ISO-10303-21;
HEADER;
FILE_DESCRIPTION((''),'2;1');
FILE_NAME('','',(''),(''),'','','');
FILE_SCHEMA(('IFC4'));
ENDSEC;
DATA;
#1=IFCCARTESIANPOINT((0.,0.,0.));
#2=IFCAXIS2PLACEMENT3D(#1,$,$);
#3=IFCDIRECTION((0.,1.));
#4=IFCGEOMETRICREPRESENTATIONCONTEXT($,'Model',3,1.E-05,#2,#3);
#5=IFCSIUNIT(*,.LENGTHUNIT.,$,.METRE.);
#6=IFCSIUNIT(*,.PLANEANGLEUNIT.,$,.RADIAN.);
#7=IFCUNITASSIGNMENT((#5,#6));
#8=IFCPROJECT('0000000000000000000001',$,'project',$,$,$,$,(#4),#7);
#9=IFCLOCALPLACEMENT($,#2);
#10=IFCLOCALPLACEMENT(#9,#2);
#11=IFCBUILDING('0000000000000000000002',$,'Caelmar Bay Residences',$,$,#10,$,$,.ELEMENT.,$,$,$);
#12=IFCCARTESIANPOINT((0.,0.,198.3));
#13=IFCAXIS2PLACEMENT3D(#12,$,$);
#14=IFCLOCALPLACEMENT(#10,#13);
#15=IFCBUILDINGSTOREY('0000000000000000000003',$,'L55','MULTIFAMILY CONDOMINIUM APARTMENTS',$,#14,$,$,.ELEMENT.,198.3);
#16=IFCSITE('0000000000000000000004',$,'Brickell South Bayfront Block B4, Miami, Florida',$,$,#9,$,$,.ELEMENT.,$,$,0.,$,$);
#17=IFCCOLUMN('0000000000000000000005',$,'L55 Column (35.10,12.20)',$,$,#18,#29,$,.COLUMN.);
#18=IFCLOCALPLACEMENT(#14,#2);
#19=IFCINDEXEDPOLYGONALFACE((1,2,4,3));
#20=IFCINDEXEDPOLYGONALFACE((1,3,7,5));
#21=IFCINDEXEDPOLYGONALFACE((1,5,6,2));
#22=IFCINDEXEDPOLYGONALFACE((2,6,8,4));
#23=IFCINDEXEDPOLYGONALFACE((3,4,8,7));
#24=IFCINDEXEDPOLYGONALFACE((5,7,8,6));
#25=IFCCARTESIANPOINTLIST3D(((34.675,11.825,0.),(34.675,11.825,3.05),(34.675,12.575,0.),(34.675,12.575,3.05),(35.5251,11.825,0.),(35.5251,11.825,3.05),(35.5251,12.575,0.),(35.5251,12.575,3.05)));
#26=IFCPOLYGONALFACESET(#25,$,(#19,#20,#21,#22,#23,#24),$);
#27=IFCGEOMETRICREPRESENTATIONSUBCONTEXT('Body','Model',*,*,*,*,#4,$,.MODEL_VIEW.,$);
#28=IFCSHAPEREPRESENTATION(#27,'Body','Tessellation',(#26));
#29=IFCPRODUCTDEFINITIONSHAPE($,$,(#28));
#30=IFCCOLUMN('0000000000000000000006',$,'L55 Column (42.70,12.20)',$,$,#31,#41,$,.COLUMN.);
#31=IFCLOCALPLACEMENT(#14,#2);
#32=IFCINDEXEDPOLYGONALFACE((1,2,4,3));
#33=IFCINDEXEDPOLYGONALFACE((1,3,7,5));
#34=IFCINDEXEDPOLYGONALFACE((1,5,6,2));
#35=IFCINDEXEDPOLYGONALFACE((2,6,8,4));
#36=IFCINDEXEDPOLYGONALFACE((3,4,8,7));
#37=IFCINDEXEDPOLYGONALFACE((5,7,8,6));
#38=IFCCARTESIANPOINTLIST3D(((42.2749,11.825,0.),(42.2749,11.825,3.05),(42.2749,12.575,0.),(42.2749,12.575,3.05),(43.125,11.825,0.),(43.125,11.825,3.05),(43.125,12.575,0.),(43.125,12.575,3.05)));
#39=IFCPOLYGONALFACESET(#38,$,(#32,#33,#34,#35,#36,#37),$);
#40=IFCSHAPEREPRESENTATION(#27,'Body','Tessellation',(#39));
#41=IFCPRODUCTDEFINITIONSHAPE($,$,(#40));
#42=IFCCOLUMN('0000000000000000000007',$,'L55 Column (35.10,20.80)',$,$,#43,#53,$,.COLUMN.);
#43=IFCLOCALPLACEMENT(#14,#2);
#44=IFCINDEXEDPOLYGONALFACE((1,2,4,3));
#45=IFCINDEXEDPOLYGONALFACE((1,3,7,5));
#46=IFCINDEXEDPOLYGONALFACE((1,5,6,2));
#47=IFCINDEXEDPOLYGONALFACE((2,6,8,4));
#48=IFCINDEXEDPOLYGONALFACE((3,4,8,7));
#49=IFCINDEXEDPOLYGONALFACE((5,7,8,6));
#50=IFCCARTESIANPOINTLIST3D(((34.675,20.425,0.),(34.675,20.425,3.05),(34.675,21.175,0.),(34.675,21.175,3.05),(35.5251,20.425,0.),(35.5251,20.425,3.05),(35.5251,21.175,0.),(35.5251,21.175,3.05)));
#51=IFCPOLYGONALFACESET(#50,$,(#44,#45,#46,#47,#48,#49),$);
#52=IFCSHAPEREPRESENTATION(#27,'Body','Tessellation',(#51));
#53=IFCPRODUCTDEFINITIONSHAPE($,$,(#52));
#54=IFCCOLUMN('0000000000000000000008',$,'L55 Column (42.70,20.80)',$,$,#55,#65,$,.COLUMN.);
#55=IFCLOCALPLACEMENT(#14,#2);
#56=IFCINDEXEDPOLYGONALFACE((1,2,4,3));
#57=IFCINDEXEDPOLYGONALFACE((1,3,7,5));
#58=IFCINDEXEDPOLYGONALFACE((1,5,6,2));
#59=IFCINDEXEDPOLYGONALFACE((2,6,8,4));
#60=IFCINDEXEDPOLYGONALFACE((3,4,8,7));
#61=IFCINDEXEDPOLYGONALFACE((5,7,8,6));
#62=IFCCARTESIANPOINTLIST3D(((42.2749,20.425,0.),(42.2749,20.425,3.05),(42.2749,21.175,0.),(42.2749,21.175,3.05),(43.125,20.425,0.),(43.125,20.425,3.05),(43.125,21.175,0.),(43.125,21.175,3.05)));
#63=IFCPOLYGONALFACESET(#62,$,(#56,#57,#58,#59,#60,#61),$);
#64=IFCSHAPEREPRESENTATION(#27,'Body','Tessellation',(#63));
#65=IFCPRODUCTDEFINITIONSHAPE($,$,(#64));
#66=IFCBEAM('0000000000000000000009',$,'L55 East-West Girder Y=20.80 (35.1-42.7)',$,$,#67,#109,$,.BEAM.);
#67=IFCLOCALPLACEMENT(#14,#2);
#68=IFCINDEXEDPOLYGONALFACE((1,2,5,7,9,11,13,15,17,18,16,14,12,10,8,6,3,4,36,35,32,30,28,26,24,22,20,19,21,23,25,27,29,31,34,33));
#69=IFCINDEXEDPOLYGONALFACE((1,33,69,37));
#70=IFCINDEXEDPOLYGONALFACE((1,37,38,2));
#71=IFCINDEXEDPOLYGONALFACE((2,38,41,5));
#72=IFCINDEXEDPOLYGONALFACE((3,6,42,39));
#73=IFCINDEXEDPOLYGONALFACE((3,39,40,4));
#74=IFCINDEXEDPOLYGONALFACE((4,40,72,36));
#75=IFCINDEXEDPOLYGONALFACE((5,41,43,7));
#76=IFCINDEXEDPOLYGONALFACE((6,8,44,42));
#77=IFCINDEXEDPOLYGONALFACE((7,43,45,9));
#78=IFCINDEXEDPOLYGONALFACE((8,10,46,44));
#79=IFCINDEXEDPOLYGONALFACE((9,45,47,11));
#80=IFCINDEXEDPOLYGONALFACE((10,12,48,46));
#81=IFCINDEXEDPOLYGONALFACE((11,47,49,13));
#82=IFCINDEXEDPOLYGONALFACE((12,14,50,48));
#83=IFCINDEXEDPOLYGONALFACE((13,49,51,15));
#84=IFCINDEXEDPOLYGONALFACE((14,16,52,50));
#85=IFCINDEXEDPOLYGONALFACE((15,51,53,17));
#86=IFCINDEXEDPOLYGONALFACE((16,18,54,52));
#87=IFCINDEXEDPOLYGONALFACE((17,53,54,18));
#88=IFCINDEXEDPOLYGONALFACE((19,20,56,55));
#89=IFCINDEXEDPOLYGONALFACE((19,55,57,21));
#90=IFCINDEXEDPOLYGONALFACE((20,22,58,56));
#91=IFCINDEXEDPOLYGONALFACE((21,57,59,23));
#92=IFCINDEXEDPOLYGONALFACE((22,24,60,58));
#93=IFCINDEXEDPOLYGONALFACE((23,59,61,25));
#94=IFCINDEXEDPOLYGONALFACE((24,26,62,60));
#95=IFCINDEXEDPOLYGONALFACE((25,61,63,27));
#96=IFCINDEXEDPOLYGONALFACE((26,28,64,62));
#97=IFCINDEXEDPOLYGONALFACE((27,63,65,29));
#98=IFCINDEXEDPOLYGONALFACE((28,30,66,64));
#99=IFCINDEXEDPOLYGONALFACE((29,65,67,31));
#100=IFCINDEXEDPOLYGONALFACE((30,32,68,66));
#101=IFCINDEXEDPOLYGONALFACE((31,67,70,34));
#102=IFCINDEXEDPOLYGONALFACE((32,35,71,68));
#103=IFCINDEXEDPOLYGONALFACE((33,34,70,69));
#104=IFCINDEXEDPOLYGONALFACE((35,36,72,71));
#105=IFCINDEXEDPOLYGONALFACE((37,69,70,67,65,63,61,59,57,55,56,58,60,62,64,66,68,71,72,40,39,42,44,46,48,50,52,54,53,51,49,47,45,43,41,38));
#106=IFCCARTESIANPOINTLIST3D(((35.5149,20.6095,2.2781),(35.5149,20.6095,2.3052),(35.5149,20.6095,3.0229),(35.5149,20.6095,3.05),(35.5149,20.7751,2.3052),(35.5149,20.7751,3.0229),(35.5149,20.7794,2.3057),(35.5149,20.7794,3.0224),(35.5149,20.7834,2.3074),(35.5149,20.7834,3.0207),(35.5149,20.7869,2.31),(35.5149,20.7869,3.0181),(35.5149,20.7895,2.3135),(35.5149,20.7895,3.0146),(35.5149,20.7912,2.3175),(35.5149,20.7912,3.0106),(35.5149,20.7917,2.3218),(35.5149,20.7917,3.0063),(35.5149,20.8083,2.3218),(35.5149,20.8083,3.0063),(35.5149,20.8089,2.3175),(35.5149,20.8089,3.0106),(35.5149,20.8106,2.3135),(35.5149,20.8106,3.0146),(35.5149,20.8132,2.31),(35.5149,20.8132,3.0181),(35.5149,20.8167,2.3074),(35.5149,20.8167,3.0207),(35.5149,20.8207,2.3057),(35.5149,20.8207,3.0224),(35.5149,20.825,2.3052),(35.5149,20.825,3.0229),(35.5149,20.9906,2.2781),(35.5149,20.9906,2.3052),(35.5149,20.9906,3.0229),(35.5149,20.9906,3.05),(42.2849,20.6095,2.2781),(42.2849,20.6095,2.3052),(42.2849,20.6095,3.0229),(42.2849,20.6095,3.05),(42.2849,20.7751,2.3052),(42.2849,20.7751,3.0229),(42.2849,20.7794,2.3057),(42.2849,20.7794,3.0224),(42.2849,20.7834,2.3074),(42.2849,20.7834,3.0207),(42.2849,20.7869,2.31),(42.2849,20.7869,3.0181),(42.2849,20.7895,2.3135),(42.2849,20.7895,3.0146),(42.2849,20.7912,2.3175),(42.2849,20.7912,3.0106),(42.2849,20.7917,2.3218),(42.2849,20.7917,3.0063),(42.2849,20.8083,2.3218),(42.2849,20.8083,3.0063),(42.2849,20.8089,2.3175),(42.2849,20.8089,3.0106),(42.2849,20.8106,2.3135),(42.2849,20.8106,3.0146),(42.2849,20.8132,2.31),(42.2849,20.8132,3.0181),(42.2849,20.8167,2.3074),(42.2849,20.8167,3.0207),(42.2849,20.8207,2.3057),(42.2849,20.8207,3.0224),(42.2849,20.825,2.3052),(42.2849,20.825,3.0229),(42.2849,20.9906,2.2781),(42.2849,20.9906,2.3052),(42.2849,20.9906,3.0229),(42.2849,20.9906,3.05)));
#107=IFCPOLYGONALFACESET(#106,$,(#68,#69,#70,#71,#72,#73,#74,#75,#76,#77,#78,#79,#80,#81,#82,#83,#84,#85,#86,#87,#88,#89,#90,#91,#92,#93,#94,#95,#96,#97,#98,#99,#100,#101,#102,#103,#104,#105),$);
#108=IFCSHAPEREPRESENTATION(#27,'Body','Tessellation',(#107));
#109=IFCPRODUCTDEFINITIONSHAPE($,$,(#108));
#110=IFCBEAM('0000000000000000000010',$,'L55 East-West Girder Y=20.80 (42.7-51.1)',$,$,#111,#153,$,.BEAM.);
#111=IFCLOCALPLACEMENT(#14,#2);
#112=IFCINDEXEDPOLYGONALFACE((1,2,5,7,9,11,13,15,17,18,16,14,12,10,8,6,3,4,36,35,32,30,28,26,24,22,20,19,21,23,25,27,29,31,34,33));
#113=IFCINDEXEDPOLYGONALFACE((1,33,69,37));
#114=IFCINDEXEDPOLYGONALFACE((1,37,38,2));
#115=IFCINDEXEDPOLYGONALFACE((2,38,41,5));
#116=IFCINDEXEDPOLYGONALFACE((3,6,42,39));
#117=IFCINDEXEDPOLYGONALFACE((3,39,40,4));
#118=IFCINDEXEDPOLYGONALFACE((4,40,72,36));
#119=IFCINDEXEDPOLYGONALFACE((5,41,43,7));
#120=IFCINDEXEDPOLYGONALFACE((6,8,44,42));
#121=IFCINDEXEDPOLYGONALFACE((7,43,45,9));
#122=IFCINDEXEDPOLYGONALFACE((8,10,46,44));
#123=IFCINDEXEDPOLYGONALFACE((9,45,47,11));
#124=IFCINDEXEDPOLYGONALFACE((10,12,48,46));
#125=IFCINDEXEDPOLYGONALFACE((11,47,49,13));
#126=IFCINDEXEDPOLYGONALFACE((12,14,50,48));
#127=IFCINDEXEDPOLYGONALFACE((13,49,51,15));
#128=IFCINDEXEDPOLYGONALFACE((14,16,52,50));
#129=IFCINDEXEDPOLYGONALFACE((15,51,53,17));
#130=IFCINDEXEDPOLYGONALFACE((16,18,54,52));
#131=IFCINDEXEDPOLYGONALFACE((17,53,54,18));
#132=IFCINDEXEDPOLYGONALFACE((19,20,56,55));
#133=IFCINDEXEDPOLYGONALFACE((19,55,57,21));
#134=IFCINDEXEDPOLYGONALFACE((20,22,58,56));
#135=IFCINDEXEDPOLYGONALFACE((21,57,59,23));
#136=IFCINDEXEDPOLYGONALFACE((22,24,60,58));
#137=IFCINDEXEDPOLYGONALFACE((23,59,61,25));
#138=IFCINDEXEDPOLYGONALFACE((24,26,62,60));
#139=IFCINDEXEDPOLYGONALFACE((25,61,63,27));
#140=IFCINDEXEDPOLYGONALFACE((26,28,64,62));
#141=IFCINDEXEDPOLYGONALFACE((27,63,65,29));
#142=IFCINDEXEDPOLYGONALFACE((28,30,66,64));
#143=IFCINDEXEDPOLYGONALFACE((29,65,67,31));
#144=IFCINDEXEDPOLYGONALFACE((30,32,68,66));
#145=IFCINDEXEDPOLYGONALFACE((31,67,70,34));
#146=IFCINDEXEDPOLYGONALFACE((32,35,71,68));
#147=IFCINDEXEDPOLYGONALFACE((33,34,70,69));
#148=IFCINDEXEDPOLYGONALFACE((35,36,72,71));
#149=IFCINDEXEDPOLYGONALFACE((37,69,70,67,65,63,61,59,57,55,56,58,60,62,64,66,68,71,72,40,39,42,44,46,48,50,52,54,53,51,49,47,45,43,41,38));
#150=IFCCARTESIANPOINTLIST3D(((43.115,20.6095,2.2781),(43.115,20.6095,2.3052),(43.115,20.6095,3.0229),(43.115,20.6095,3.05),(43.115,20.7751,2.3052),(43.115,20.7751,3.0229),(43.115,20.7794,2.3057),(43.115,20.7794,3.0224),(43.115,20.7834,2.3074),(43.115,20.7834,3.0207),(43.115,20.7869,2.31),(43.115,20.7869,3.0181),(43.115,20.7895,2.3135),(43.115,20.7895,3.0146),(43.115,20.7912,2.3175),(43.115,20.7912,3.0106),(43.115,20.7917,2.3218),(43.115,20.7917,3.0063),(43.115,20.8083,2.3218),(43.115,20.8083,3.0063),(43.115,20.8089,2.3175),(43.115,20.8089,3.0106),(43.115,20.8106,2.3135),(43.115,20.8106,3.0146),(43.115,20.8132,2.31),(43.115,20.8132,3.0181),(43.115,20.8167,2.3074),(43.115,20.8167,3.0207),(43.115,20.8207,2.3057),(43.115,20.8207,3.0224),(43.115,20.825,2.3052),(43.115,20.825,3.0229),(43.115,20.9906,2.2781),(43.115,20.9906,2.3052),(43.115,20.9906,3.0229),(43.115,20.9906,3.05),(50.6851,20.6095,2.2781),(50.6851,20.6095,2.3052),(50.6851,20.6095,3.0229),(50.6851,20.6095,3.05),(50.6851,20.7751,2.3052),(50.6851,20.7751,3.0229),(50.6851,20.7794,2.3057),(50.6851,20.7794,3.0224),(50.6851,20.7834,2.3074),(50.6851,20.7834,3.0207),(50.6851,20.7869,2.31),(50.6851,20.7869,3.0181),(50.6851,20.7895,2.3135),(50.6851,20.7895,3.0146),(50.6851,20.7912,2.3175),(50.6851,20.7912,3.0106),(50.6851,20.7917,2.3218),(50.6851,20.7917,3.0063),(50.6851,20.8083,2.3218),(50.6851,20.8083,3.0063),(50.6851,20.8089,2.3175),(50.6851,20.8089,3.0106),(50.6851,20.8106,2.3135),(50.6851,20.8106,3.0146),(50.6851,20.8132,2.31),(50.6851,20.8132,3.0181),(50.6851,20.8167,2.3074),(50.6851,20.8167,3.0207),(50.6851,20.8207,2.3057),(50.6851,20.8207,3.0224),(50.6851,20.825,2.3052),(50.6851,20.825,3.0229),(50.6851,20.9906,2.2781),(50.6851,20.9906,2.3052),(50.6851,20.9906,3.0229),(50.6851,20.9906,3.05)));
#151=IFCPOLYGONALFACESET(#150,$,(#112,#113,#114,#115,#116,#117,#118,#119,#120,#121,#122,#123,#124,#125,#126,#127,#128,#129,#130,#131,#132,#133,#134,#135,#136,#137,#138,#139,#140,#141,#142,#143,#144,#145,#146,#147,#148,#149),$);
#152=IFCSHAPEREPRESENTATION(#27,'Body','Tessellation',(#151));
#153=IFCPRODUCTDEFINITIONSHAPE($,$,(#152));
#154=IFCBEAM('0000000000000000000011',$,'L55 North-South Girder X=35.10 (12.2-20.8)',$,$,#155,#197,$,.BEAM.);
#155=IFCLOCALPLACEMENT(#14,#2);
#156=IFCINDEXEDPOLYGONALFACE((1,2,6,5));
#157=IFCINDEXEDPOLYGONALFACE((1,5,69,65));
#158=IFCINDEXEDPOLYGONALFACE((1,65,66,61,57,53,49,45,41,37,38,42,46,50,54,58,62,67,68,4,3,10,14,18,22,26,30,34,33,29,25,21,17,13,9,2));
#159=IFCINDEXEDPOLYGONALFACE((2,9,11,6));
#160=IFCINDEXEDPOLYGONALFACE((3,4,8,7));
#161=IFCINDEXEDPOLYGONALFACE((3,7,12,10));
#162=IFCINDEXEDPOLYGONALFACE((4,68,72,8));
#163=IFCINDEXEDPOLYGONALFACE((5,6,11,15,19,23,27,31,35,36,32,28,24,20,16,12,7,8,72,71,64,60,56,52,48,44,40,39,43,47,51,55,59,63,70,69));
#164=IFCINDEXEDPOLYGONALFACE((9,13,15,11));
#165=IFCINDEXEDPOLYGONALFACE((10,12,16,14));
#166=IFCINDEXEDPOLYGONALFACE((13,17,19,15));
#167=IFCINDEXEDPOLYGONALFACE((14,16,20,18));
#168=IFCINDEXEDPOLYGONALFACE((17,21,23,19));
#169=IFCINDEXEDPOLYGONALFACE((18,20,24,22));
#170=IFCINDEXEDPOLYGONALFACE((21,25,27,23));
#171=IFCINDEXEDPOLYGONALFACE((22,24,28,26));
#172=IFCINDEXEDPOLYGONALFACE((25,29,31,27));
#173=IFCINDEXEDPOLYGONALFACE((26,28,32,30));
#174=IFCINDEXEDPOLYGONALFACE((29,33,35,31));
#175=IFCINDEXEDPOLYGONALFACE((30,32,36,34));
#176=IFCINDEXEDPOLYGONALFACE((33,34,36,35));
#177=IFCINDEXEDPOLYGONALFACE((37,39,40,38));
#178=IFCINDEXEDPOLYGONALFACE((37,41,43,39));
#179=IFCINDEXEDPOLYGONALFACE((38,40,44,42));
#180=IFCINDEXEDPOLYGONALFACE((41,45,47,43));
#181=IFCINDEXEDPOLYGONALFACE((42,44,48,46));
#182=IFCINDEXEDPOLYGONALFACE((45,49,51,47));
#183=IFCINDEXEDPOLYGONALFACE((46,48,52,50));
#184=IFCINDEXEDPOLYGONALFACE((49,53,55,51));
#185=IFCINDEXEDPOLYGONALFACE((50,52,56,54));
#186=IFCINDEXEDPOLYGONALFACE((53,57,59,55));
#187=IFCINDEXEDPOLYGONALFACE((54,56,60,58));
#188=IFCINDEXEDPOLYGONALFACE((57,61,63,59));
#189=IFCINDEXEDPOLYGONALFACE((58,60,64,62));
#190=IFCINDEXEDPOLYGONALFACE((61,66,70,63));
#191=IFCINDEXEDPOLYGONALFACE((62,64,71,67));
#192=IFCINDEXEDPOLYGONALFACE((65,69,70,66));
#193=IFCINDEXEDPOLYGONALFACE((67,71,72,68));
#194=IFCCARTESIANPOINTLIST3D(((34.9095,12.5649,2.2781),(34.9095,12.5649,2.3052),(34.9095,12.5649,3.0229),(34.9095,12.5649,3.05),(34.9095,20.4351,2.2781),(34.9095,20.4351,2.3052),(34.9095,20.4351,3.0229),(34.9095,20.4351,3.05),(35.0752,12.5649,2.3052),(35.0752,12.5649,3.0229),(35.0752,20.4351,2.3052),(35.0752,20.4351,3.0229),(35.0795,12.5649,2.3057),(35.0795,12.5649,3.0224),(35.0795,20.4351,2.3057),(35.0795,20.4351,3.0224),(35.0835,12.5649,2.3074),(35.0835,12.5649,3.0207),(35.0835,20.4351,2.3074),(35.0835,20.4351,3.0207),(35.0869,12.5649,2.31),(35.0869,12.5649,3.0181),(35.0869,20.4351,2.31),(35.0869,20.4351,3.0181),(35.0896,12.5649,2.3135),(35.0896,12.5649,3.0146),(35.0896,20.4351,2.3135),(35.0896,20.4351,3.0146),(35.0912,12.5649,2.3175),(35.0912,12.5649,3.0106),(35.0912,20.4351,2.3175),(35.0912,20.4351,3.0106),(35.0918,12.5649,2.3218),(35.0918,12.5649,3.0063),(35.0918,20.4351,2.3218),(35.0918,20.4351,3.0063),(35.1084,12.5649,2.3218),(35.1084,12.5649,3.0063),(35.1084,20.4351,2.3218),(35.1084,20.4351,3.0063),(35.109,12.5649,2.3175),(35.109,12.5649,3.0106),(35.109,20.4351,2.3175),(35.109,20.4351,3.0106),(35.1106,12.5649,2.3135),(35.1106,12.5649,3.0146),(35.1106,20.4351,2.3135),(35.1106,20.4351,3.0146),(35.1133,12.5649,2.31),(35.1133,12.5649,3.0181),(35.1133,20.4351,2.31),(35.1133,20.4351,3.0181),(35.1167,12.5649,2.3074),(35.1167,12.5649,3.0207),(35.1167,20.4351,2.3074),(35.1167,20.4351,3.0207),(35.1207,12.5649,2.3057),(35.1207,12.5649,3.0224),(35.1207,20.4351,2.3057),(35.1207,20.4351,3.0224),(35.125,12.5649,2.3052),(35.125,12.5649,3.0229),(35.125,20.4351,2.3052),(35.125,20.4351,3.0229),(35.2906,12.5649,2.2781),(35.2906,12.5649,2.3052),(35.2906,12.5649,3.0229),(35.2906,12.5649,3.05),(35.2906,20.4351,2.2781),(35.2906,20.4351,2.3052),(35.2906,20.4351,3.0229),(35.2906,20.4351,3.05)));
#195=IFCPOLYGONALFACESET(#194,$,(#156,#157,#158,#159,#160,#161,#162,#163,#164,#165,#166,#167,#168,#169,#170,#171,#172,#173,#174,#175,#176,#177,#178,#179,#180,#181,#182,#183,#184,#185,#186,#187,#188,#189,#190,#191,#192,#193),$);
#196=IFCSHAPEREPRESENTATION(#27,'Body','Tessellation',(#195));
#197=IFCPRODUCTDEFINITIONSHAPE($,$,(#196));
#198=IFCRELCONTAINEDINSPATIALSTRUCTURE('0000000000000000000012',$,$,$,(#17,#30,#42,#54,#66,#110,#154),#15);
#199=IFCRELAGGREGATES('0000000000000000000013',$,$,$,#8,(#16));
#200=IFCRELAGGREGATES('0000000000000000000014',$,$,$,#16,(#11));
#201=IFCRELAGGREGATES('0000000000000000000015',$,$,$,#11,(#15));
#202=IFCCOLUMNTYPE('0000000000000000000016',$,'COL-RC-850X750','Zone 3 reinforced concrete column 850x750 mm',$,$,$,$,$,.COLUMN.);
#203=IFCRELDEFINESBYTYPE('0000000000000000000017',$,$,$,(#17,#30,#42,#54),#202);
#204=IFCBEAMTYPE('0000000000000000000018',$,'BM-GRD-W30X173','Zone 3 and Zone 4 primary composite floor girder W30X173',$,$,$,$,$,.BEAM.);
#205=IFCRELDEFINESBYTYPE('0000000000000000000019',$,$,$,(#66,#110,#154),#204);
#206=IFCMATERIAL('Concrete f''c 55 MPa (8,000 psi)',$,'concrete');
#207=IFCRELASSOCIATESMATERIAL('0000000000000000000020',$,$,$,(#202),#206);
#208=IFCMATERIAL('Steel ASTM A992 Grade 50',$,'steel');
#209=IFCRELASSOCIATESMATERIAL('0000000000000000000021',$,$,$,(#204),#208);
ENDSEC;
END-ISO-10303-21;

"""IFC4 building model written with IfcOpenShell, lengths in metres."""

from ifc_helpers import new_model, si_unit, direction, frame, origin, origin_2d, place, context, subcontext, project, spatial, rectangle, i_section, extrude, material, material_profile, profile_set, type_object, element, save


model = new_model("IFC4")

# Units and contexts
model_context = context("Model", 3, precision=1e-05, world=origin(), true_north=direction((0.0, 1.0)))
body_context = subcontext(model_context, "Body", "Model", "MODEL_VIEW")
ifc_project = project(units=[si_unit("LENGTHUNIT", "METRE"), si_unit("PLANEANGLEUNIT", "RADIAN")], contexts=[model_context])

# Site, building, storey
site_placement = place(None, origin())
site = spatial("IfcSite", under=ifc_project, at=site_placement, Name="Brickell South Bayfront Block B4, Miami, Florida", CompositionType="ELEMENT", RefElevation=0.0)
building_placement = place(site_placement, origin())
building = spatial("IfcBuilding", under=site, at=building_placement, Name="Caelmar Bay Residences", CompositionType="ELEMENT")
storey_placement = place(building_placement, frame((0.0, 0.0, 198.3)))
storey = spatial("IfcBuildingStorey", under=building, at=storey_placement, Name="L55", Description="MULTIFAMILY CONDOMINIUM APARTMENTS", CompositionType="ELEMENT", Elevation=198.3)

# Columns
ifc_material_1 = material(Name="Concrete f'c 55 MPa (8,000 psi)", Category="concrete")
ifc_material_profile_1 = material_profile(ifc_material_1, rectangle(XDim=0.8501, YDim=0.75, at=origin_2d()), Name="RC-COL-850X750")
ifc_profile_set_1 = profile_set([ifc_material_profile_1], Name="Concrete f'c 55 MPa (8,000 psi)")
column_type = type_object("IfcColumnType", Name="COL-RC-850X750", Description="Zone 3 reinforced concrete column 850x750 mm", PredefinedType="COLUMN", material=ifc_profile_set_1)
for number, where, z_axis, x_axis, name in (
    (1, (35.1001, 12.2, 0.0), (0.0, 0.0, 1.0), (1.0, 0.0, 0.0), "L55 Column (35.10,12.20)"),
    (2, (42.7, 12.2, 0.0), (0.0, 0.0, 1.0), (1.0, 0.0, 0.0), "L55 Column (42.70,12.20)"),
    (3, (35.1001, 20.8, 0.0), (0.0, 0.0, 1.0), (1.0, 0.0, 0.0), "L55 Column (35.10,20.80)"),
    (4, (42.7, 20.8, 0.0), (0.0, 0.0, 1.0), (1.0, 0.0, 0.0), "L55 Column (42.70,20.80)"),
):
    element("IfcColumn", number, at=place(storey_placement, frame(where, z_axis=z_axis, x_axis=x_axis)), inside=storey, type_object=column_type, Name=name, PredefinedType="COLUMN", context=body_context, shape_type="SweptSolid", body=[
        extrude(rectangle(XDim=0.8501, YDim=0.75, at=origin_2d()), origin(), (0.0, 0.0, 1.0), 3.05),
    ])

# Beams
ifc_material_2 = material(Name="Steel ASTM A992 Grade 50", Category="steel")
ifc_material_profile_2 = material_profile(ifc_material_2, i_section(OverallWidth=0.3811, OverallDepth=0.772, WebThickness=0.0166, FlangeThickness=0.0271, FilletRadius=0.0166, at=origin_2d()), Name="W30X173")
ifc_profile_set_2 = profile_set([ifc_material_profile_2], Name="Steel ASTM A992 Grade 50")
beam_type_1 = type_object("IfcBeamType", Name="BM-GRD-W30X173", Description="Zone 3 and Zone 4 primary composite floor girder W30X173", PredefinedType="BEAM", material=ifc_profile_set_2)
beam_1_placement = place(storey_placement, frame((35.5149, 20.8, 2.6641), z_axis=(1.0, 0.0, 0.0), x_axis=(0.0, 1.0, 0.0)))
element("IfcBeam", 5, at=beam_1_placement, inside=storey, type_object=beam_type_1, Name="L55 East-West Girder Y=20.80 (35.1-42.7)", PredefinedType="BEAM", context=body_context, shape_type="SweptSolid", body=[
    extrude(i_section(OverallWidth=0.3811, OverallDepth=0.772, WebThickness=0.0166, FlangeThickness=0.0271, FilletRadius=0.0166, at=origin_2d()), origin(), (0.0, 0.0, 1.0), 6.77),
])
beam_2_placement = place(storey_placement, frame((43.115, 20.8, 2.6641), z_axis=(1.0, 0.0, 0.0), x_axis=(0.0, 1.0, 0.0)))
element("IfcBeam", 6, at=beam_2_placement, inside=storey, type_object=beam_type_1, Name="L55 East-West Girder Y=20.80 (42.7-51.1)", PredefinedType="BEAM", context=body_context, shape_type="SweptSolid", body=[
    extrude(i_section(OverallWidth=0.3811, OverallDepth=0.772, WebThickness=0.0166, FlangeThickness=0.0271, FilletRadius=0.0166, at=origin_2d()), origin(), (0.0, 0.0, 1.0), 7.5701),
])
beam_3_placement = place(storey_placement, frame((35.1001, 12.5649, 2.6641), z_axis=(0.0, 1.0, 0.0), x_axis=(-1.0, 0.0, 0.0)))
element("IfcBeam", 7, at=beam_3_placement, inside=storey, type_object=beam_type_1, Name="L55 North-South Girder X=35.10 (12.2-20.8)", PredefinedType="BEAM", context=body_context, shape_type="SweptSolid", body=[
    extrude(i_section(OverallWidth=0.3811, OverallDepth=0.772, WebThickness=0.0166, FlangeThickness=0.0271, FilletRadius=0.0166, at=origin_2d()), origin(), (0.0, 0.0, 1.0), 7.8701),
])

save(model, "model.ifc")
